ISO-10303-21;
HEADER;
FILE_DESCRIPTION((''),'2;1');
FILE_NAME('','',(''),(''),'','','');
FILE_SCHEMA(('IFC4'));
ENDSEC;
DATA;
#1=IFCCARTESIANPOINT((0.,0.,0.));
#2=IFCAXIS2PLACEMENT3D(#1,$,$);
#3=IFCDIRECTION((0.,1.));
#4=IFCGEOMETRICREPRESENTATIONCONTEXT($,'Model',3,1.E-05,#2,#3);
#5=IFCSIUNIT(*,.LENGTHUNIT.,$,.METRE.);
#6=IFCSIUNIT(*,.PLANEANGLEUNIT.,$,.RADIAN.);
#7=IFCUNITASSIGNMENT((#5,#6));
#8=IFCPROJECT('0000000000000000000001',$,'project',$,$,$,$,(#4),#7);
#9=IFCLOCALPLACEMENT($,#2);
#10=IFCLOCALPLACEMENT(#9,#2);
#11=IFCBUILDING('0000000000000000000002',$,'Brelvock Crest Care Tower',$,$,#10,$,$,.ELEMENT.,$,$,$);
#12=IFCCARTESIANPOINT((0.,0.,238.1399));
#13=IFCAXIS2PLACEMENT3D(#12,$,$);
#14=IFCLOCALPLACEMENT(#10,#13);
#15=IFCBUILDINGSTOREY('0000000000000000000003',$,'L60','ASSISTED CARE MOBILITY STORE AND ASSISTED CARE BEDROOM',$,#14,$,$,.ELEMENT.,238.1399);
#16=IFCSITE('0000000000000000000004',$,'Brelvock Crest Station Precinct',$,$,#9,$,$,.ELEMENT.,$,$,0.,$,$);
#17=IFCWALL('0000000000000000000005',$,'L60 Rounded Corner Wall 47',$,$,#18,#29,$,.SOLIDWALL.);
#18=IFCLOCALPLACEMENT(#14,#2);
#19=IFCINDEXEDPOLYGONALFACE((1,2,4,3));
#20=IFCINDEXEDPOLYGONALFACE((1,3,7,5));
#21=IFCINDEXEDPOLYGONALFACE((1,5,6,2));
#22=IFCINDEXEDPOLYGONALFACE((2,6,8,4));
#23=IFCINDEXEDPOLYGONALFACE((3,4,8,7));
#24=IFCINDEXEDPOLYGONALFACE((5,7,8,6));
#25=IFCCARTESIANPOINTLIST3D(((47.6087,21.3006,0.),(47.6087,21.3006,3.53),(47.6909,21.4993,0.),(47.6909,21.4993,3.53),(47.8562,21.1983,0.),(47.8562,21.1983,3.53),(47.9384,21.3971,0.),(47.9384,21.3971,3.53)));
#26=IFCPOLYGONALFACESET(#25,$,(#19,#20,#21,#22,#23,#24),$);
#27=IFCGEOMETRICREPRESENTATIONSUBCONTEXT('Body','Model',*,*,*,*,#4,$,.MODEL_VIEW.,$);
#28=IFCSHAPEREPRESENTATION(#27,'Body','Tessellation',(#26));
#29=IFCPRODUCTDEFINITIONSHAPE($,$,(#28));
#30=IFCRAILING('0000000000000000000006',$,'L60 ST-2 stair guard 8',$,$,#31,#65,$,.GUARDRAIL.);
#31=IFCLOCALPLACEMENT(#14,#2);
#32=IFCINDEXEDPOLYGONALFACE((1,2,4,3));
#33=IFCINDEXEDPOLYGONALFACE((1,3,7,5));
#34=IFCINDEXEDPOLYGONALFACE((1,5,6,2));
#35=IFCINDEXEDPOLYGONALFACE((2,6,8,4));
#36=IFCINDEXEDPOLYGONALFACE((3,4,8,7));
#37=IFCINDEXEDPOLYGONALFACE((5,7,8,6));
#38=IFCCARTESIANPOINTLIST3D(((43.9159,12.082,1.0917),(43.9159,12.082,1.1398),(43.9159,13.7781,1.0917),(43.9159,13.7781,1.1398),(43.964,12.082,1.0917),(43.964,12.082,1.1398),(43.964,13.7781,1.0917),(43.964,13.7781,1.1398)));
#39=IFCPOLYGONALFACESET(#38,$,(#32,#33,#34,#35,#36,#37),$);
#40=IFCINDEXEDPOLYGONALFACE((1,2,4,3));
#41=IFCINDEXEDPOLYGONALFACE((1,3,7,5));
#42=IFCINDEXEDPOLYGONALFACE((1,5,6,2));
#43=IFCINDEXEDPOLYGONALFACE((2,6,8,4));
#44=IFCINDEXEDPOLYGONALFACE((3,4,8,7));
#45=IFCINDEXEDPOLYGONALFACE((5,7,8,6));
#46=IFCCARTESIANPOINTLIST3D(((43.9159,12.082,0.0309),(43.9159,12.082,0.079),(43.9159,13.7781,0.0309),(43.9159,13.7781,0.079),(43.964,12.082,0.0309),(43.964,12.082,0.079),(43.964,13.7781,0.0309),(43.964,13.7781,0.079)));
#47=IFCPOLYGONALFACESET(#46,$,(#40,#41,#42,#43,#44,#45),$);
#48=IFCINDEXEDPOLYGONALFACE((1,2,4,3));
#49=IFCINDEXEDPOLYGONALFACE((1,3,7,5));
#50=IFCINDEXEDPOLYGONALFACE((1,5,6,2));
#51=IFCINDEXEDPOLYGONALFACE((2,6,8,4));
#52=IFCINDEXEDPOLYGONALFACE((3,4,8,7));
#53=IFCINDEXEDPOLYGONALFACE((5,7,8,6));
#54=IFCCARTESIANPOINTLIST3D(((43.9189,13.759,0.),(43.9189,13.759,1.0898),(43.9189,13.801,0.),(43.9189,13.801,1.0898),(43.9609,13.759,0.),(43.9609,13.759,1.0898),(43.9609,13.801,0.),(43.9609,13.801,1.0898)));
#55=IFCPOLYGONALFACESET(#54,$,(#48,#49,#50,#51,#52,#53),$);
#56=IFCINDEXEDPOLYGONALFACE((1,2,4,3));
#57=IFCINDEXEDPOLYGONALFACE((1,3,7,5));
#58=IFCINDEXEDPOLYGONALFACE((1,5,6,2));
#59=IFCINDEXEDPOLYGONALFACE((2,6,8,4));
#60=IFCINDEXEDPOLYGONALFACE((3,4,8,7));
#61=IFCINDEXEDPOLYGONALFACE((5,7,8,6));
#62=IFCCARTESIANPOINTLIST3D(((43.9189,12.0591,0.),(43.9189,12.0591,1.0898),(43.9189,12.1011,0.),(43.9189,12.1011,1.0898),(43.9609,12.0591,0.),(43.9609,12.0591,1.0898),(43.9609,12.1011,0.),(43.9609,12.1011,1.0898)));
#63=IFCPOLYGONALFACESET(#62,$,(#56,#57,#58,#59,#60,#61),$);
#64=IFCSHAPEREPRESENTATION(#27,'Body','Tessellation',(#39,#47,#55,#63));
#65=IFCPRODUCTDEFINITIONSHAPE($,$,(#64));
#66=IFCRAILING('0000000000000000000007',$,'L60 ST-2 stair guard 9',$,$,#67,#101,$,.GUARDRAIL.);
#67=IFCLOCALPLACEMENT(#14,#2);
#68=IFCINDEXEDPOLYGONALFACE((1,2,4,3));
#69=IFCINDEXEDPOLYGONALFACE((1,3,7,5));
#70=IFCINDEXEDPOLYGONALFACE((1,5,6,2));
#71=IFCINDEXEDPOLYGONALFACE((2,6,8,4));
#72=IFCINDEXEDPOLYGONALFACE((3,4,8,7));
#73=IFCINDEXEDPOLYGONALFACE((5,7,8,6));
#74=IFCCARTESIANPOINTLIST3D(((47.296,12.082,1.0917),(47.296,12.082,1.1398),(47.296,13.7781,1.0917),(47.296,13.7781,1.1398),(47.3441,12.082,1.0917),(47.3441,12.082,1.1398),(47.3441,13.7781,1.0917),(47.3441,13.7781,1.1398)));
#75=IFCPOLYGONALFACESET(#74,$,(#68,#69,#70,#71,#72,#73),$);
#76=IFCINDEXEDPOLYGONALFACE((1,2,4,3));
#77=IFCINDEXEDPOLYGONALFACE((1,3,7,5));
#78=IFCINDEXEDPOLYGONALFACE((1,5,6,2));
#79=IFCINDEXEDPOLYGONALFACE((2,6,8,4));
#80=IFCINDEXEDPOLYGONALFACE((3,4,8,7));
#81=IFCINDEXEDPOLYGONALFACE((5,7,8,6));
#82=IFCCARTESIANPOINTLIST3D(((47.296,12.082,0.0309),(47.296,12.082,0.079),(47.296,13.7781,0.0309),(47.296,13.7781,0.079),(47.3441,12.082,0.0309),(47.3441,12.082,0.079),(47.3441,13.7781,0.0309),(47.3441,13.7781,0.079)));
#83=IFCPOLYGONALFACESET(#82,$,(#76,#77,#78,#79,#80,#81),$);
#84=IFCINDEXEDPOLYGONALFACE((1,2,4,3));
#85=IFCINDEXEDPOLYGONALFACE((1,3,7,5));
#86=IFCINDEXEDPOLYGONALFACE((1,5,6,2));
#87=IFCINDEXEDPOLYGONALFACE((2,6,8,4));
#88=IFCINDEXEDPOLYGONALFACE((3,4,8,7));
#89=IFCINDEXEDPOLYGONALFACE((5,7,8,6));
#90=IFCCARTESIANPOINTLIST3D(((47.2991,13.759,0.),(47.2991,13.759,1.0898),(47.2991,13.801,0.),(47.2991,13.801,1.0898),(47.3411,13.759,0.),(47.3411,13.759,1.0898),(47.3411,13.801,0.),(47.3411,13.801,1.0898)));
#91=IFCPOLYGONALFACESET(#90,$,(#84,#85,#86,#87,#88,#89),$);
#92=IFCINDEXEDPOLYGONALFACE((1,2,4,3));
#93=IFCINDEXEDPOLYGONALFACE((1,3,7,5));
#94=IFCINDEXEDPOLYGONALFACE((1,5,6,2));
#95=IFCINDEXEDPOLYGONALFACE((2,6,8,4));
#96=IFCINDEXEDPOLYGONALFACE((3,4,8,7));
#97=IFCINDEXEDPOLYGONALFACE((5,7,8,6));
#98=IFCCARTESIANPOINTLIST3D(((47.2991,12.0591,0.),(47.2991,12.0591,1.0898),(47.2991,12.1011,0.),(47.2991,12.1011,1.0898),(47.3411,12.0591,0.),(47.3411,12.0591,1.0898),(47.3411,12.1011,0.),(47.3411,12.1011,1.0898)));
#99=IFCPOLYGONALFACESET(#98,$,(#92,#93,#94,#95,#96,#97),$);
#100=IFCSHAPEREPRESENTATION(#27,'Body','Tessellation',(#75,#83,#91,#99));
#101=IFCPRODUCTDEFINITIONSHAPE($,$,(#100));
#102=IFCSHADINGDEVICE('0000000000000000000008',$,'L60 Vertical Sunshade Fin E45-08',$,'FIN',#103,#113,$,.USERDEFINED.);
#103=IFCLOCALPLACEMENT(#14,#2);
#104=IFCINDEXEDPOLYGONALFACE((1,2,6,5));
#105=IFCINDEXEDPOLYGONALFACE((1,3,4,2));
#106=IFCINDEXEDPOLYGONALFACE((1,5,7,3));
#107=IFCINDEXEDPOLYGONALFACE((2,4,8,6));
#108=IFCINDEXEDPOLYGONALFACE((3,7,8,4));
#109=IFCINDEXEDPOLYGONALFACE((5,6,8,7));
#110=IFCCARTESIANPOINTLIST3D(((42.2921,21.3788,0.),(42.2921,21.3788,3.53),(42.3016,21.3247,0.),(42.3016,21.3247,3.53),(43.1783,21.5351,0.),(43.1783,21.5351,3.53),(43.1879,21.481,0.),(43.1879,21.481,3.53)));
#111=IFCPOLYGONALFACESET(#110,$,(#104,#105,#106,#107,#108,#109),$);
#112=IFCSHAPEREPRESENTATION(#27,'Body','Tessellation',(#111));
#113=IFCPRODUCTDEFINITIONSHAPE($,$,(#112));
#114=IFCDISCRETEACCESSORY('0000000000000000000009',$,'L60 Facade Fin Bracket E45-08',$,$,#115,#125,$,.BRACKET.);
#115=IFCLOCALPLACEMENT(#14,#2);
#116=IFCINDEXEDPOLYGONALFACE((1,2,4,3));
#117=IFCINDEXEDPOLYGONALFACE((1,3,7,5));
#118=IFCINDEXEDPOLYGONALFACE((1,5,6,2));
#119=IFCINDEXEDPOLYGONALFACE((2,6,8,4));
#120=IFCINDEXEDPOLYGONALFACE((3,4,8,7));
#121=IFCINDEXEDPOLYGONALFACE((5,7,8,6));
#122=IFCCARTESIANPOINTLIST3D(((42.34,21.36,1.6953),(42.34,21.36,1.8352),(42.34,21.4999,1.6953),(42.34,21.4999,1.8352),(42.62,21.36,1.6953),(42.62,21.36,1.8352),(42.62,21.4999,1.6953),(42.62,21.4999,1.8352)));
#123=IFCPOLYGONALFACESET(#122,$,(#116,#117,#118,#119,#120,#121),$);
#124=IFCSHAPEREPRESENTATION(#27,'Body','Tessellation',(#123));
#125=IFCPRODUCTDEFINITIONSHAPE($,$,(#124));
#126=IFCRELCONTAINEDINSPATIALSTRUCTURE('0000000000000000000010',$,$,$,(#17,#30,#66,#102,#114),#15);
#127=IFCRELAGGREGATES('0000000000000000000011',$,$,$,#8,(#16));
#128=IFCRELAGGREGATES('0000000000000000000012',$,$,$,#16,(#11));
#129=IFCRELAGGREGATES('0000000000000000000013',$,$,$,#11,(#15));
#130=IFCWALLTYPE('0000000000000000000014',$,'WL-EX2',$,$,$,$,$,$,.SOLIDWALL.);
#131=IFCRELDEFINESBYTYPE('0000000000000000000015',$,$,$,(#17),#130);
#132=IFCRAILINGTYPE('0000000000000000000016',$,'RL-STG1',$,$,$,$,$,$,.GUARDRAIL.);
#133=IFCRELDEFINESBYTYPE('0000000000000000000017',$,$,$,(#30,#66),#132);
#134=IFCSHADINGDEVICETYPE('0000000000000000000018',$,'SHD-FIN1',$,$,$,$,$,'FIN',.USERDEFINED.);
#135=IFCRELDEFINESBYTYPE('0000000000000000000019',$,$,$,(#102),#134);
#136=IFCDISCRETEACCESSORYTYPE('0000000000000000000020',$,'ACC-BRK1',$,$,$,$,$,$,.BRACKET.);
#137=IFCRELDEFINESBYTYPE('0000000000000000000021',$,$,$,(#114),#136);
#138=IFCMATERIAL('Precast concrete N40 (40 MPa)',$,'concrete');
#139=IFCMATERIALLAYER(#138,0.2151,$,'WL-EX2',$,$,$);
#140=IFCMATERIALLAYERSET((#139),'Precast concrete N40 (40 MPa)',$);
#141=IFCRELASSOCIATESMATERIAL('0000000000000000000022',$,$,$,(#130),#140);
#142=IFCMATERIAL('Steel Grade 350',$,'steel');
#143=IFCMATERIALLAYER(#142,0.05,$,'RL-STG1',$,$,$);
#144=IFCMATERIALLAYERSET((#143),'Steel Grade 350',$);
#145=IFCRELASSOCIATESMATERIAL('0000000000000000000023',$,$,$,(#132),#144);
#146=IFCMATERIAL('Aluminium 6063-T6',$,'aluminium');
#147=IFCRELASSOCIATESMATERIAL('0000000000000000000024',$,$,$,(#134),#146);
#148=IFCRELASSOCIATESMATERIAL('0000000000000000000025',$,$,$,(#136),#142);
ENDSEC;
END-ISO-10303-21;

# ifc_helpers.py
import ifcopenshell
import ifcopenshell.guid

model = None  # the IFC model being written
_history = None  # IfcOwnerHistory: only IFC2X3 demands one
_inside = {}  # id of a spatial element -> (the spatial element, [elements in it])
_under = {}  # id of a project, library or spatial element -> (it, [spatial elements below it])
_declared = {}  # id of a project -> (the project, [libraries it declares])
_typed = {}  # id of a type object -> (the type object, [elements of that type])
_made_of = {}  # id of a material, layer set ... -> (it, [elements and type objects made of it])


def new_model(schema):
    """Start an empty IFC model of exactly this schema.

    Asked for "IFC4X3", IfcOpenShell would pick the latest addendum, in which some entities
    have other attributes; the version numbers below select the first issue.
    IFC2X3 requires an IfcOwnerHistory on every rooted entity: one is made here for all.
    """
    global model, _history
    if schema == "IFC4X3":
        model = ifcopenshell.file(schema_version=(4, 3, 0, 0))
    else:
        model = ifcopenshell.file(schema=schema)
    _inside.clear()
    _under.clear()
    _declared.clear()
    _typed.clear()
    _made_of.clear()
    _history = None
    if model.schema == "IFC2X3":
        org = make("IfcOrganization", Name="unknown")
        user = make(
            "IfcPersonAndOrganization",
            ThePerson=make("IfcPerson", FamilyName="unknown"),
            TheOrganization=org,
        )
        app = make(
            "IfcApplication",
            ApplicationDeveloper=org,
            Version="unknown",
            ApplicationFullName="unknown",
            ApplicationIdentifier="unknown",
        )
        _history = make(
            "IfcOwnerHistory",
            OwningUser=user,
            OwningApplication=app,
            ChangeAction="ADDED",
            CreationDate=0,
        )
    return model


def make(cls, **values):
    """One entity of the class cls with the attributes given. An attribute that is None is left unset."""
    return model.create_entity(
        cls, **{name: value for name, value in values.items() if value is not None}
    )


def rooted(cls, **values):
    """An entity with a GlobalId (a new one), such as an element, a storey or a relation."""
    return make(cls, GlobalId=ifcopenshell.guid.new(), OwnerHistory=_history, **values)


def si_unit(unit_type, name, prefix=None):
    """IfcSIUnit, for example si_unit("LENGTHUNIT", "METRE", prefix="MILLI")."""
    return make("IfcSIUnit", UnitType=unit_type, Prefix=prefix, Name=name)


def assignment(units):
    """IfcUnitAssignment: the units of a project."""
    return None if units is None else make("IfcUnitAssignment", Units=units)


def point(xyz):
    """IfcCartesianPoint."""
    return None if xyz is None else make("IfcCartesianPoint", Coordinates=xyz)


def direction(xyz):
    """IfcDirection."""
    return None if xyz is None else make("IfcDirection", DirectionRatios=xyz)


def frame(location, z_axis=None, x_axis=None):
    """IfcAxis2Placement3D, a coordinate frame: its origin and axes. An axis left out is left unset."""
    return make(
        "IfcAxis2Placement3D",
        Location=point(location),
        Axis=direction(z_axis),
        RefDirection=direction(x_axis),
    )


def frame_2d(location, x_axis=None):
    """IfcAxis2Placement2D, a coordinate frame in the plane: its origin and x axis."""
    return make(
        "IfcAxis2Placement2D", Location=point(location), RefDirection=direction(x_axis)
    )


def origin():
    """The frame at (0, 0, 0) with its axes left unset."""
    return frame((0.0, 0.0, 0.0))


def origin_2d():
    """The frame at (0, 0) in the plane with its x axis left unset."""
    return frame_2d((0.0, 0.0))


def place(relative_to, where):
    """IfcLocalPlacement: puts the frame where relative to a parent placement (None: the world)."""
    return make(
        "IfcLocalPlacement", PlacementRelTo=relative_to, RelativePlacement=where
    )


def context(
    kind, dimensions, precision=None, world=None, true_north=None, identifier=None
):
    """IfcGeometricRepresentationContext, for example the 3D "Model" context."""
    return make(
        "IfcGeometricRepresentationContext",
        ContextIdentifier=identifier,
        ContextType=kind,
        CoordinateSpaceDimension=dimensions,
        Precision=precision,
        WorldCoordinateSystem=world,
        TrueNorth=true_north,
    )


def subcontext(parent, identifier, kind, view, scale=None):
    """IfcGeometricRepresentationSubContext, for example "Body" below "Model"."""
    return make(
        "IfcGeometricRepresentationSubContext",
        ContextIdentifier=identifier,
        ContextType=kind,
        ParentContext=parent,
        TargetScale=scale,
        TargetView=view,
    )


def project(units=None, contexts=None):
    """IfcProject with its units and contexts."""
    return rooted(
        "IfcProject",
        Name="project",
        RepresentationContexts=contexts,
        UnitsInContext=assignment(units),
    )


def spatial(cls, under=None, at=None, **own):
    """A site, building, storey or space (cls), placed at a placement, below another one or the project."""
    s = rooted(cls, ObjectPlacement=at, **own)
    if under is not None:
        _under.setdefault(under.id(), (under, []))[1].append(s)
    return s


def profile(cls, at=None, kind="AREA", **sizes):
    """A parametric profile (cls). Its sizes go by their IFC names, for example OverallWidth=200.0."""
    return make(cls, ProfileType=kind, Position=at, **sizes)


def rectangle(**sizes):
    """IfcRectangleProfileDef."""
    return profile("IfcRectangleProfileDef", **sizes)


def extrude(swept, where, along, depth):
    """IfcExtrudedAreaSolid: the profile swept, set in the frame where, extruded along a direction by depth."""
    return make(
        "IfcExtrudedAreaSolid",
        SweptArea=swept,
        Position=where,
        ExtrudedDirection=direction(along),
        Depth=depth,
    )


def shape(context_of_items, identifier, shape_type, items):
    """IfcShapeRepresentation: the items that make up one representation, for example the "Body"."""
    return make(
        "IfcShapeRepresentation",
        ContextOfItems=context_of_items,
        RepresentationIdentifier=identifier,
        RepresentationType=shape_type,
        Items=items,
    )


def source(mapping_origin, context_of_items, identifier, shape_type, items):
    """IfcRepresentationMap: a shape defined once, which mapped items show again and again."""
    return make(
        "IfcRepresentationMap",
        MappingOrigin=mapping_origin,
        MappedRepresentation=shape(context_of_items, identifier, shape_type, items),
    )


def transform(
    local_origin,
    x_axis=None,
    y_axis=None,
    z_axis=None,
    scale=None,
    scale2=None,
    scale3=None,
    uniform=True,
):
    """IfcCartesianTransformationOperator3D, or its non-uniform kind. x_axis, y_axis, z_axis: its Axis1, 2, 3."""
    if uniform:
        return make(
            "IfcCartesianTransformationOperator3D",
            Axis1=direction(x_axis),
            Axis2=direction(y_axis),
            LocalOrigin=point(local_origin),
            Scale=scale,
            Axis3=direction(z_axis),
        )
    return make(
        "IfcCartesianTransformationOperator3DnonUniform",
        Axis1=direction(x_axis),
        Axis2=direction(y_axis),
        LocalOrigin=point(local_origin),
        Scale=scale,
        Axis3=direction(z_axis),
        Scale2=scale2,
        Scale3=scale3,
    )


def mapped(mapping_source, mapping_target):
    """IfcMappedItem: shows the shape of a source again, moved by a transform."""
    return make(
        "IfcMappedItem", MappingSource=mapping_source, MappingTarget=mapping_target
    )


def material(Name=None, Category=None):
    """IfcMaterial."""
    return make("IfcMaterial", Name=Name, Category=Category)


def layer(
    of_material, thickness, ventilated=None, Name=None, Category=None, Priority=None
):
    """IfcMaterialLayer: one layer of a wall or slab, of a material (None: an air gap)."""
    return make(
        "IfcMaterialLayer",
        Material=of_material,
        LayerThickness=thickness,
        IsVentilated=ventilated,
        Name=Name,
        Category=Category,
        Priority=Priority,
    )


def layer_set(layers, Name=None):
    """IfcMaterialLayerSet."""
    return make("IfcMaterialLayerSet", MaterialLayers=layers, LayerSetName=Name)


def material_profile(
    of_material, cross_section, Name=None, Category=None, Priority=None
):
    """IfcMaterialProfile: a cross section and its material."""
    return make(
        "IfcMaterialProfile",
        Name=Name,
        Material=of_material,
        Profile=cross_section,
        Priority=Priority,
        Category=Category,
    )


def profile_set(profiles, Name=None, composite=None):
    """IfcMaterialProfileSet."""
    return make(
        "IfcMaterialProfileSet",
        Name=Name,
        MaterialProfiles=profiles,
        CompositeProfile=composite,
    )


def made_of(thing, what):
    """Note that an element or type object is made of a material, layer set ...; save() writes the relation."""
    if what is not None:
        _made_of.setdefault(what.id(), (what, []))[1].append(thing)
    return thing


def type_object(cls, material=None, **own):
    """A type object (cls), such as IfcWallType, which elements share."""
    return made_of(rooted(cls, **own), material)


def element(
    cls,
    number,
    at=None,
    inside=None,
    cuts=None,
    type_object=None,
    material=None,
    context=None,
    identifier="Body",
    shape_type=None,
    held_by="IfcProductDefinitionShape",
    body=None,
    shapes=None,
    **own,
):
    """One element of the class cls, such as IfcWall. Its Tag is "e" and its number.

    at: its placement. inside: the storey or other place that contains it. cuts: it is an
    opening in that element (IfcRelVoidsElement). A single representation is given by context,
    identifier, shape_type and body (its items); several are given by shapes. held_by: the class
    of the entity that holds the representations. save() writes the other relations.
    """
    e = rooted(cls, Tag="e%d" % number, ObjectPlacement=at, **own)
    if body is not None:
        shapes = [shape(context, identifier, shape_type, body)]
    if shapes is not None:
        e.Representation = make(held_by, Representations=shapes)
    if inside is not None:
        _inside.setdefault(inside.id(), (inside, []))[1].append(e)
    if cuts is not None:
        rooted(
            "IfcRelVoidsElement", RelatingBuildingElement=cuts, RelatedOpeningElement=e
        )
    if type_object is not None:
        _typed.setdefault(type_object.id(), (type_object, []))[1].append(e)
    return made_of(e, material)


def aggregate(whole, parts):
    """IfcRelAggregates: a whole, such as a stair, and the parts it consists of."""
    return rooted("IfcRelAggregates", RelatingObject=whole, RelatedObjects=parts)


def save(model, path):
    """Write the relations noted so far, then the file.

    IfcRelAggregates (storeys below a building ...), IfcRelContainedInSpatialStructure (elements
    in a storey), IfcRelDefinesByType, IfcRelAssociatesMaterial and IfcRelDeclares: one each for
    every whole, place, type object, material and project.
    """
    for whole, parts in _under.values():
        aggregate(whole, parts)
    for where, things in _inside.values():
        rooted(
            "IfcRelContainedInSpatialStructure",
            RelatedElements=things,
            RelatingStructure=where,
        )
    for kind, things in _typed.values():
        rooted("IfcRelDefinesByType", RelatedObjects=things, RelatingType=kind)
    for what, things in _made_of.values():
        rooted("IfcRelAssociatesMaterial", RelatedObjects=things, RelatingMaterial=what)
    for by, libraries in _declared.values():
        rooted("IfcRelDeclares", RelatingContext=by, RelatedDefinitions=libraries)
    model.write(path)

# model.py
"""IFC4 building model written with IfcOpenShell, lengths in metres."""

from ifc_helpers import new_model, si_unit, direction, frame, frame_2d, origin, origin_2d, place, context, subcontext, project, spatial, rectangle, extrude, source, transform, mapped, material, layer, layer_set, material_profile, profile_set, type_object, element, save


model = new_model("IFC4")

# Units and contexts
model_context = context("Model", 3, precision=1e-05, world=origin(), true_north=direction((0.0, 1.0)))
body_context = subcontext(model_context, "Body", "Model", "MODEL_VIEW")
ifc_project = project(units=[si_unit("LENGTHUNIT", "METRE"), si_unit("PLANEANGLEUNIT", "RADIAN")], contexts=[model_context])

# Site, building, storey
site_placement = place(None, origin())
site = spatial("IfcSite", under=ifc_project, at=site_placement, Name="Brelvock Crest Station Precinct", CompositionType="ELEMENT", RefElevation=0.0)
building_placement = place(site_placement, origin())
building = spatial("IfcBuilding", under=site, at=building_placement, Name="Brelvock Crest Care Tower", CompositionType="ELEMENT")
storey_placement = place(building_placement, frame((0.0, 0.0, 238.1399)))
storey = spatial("IfcBuildingStorey", under=building, at=storey_placement, Name="L60", Description="ASSISTED CARE MOBILITY STORE AND ASSISTED CARE BEDROOM", CompositionType="ELEMENT", Elevation=238.1399)

# Shared definitions
ifc_material_1 = material(Name="Steel Grade 350", Category="steel")

# Shared definitions
ifc_material_2 = material(Name="Aluminium 6063-T6", Category="aluminium")

# Wall
ifc_material_3 = material(Name="Precast concrete N40 (40 MPa)", Category="concrete")
ifc_layer_1 = layer(ifc_material_3, 0.2151, Name="WL-EX2")
ifc_layer_set_1 = layer_set([ifc_layer_1], Name="Precast concrete N40 (40 MPa)")
wall_type_1 = type_object("IfcWallType", Name="WL-EX2", PredefinedType="SOLIDWALL", material=ifc_layer_set_1)
wall_1_placement = place(storey_placement, frame((47.6499, 21.3999, 0.0), z_axis=(0.0, 0.0, 1.0), x_axis=(0.924205, -0.381896, 0.0)))
element("IfcWall", 1, at=wall_1_placement, inside=storey, type_object=wall_type_1, Name="L60 Rounded Corner Wall 47", PredefinedType="SOLIDWALL", context=body_context, shape_type="SweptSolid", body=[
    extrude(rectangle(XDim=0.2678, YDim=0.2151, at=frame_2d((0.1338, 0.0))), origin(), (0.0, 0.0, 1.0), 3.53),
])

# Railings
ifc_layer_2 = layer(ifc_material_1, 0.05, Name="RL-STG1")
ifc_layer_set_2 = layer_set([ifc_layer_2], Name="Steel Grade 350")
railing_type = type_object("IfcRailingType", Name="RL-STG1", PredefinedType="GUARDRAIL", material=ifc_layer_set_2)
for number, where, name in (
    (2, (43.9399, 13.78, 0.0), "L60 ST-2 stair guard 8"),
    (3, (47.3201, 13.78, 0.0), "L60 ST-2 stair guard 9"),
):
    element("IfcRailing", number, at=place(storey_placement, frame(where)), inside=storey, type_object=railing_type, Name=name, PredefinedType="GUARDRAIL", context=body_context, shape_type="SweptSolid", body=[
        extrude(rectangle(XDim=0.0481, YDim=0.0481, at=origin_2d()), frame((0.0, -0.002, 1.1157), z_axis=(0.0, -1.0, 0.0), x_axis=(1.0, 0.0, 0.0)), (0.0, 0.0, 1.0), 1.696),
        extrude(rectangle(XDim=0.0481, YDim=0.0481, at=origin_2d()), frame((0.0, -0.002, 0.0549), z_axis=(0.0, -1.0, 0.0), x_axis=(1.0, 0.0, 0.0)), (0.0, 0.0, 1.0), 1.696),
        extrude(rectangle(XDim=0.042, YDim=0.042, at=origin_2d()), origin(), (0.0, 0.0, 1.0), 1.0898),
        extrude(rectangle(XDim=0.042, YDim=0.042, at=origin_2d()), frame((0.0, -1.7, 0.0)), (0.0, 0.0, 1.0), 1.0898),
    ])

# Shading device
ifc_material_profile_1 = material_profile(ifc_material_2, rectangle(XDim=0.0549, YDim=0.8999, at=origin_2d()), Name="FIN55x900")
ifc_profile_set_1 = profile_set([ifc_material_profile_1], Name="Aluminium 6063-T6")
shading_device_type = type_object("IfcShadingDeviceType", Name="SHD-FIN1", ElementType="FIN", PredefinedType="USERDEFINED", material=ifc_profile_set_1)
shared_shape_1 = source(origin(), body_context, "Body", "SweptSolid", [
    extrude(rectangle(XDim=0.0549, YDim=0.8999, at=origin_2d()), origin(), (0.0, 0.0, 1.0), 3.53),
])
shading_device_placement = place(storey_placement, frame((42.74, 21.4299, 0.0), z_axis=(0.0, 0.0, 1.0), x_axis=(0.173648, -0.984808, 0.0)))
element("IfcShadingDevice", 4, at=shading_device_placement, inside=storey, type_object=shading_device_type, Name="L60 Vertical Sunshade Fin E45-08", ObjectType="FIN", PredefinedType="USERDEFINED", context=body_context, shape_type="MappedRepresentation", body=[
    mapped(shared_shape_1, transform((0.0, 0.0, 0.0), x_axis=(1.0, 0.0, 0.0), y_axis=(0.0, 1.0, 0.0), z_axis=(0.0, 0.0, 1.0), scale=1.0)),
])

# Discrete accessory
discrete_accessory_type = type_object("IfcDiscreteAccessoryType", Name="ACC-BRK1", PredefinedType="BRACKET", material=ifc_material_1)
shared_shape_2 = source(origin(), body_context, "Body", "SweptSolid", [
    extrude(rectangle(XDim=0.28, YDim=0.1399, at=origin_2d()), origin(), (0.0, 0.0, 1.0), 0.1399),
])
discrete_accessory_placement = place(storey_placement, frame((42.48, 21.4299, 1.6953), z_axis=(0.0, 0.0, 1.0), x_axis=(1.0, 0.0, 0.0)))
element("IfcDiscreteAccessory", 5, at=discrete_accessory_placement, inside=storey, type_object=discrete_accessory_type, Name="L60 Facade Fin Bracket E45-08", PredefinedType="BRACKET", context=body_context, shape_type="MappedRepresentation", body=[
    mapped(shared_shape_2, transform((0.0, 0.0, 0.0), x_axis=(1.0, 0.0, 0.0), y_axis=(0.0, 1.0, 0.0), z_axis=(0.0, 0.0, 1.0), scale=1.0)),
])

save(model, "model.ifc")
